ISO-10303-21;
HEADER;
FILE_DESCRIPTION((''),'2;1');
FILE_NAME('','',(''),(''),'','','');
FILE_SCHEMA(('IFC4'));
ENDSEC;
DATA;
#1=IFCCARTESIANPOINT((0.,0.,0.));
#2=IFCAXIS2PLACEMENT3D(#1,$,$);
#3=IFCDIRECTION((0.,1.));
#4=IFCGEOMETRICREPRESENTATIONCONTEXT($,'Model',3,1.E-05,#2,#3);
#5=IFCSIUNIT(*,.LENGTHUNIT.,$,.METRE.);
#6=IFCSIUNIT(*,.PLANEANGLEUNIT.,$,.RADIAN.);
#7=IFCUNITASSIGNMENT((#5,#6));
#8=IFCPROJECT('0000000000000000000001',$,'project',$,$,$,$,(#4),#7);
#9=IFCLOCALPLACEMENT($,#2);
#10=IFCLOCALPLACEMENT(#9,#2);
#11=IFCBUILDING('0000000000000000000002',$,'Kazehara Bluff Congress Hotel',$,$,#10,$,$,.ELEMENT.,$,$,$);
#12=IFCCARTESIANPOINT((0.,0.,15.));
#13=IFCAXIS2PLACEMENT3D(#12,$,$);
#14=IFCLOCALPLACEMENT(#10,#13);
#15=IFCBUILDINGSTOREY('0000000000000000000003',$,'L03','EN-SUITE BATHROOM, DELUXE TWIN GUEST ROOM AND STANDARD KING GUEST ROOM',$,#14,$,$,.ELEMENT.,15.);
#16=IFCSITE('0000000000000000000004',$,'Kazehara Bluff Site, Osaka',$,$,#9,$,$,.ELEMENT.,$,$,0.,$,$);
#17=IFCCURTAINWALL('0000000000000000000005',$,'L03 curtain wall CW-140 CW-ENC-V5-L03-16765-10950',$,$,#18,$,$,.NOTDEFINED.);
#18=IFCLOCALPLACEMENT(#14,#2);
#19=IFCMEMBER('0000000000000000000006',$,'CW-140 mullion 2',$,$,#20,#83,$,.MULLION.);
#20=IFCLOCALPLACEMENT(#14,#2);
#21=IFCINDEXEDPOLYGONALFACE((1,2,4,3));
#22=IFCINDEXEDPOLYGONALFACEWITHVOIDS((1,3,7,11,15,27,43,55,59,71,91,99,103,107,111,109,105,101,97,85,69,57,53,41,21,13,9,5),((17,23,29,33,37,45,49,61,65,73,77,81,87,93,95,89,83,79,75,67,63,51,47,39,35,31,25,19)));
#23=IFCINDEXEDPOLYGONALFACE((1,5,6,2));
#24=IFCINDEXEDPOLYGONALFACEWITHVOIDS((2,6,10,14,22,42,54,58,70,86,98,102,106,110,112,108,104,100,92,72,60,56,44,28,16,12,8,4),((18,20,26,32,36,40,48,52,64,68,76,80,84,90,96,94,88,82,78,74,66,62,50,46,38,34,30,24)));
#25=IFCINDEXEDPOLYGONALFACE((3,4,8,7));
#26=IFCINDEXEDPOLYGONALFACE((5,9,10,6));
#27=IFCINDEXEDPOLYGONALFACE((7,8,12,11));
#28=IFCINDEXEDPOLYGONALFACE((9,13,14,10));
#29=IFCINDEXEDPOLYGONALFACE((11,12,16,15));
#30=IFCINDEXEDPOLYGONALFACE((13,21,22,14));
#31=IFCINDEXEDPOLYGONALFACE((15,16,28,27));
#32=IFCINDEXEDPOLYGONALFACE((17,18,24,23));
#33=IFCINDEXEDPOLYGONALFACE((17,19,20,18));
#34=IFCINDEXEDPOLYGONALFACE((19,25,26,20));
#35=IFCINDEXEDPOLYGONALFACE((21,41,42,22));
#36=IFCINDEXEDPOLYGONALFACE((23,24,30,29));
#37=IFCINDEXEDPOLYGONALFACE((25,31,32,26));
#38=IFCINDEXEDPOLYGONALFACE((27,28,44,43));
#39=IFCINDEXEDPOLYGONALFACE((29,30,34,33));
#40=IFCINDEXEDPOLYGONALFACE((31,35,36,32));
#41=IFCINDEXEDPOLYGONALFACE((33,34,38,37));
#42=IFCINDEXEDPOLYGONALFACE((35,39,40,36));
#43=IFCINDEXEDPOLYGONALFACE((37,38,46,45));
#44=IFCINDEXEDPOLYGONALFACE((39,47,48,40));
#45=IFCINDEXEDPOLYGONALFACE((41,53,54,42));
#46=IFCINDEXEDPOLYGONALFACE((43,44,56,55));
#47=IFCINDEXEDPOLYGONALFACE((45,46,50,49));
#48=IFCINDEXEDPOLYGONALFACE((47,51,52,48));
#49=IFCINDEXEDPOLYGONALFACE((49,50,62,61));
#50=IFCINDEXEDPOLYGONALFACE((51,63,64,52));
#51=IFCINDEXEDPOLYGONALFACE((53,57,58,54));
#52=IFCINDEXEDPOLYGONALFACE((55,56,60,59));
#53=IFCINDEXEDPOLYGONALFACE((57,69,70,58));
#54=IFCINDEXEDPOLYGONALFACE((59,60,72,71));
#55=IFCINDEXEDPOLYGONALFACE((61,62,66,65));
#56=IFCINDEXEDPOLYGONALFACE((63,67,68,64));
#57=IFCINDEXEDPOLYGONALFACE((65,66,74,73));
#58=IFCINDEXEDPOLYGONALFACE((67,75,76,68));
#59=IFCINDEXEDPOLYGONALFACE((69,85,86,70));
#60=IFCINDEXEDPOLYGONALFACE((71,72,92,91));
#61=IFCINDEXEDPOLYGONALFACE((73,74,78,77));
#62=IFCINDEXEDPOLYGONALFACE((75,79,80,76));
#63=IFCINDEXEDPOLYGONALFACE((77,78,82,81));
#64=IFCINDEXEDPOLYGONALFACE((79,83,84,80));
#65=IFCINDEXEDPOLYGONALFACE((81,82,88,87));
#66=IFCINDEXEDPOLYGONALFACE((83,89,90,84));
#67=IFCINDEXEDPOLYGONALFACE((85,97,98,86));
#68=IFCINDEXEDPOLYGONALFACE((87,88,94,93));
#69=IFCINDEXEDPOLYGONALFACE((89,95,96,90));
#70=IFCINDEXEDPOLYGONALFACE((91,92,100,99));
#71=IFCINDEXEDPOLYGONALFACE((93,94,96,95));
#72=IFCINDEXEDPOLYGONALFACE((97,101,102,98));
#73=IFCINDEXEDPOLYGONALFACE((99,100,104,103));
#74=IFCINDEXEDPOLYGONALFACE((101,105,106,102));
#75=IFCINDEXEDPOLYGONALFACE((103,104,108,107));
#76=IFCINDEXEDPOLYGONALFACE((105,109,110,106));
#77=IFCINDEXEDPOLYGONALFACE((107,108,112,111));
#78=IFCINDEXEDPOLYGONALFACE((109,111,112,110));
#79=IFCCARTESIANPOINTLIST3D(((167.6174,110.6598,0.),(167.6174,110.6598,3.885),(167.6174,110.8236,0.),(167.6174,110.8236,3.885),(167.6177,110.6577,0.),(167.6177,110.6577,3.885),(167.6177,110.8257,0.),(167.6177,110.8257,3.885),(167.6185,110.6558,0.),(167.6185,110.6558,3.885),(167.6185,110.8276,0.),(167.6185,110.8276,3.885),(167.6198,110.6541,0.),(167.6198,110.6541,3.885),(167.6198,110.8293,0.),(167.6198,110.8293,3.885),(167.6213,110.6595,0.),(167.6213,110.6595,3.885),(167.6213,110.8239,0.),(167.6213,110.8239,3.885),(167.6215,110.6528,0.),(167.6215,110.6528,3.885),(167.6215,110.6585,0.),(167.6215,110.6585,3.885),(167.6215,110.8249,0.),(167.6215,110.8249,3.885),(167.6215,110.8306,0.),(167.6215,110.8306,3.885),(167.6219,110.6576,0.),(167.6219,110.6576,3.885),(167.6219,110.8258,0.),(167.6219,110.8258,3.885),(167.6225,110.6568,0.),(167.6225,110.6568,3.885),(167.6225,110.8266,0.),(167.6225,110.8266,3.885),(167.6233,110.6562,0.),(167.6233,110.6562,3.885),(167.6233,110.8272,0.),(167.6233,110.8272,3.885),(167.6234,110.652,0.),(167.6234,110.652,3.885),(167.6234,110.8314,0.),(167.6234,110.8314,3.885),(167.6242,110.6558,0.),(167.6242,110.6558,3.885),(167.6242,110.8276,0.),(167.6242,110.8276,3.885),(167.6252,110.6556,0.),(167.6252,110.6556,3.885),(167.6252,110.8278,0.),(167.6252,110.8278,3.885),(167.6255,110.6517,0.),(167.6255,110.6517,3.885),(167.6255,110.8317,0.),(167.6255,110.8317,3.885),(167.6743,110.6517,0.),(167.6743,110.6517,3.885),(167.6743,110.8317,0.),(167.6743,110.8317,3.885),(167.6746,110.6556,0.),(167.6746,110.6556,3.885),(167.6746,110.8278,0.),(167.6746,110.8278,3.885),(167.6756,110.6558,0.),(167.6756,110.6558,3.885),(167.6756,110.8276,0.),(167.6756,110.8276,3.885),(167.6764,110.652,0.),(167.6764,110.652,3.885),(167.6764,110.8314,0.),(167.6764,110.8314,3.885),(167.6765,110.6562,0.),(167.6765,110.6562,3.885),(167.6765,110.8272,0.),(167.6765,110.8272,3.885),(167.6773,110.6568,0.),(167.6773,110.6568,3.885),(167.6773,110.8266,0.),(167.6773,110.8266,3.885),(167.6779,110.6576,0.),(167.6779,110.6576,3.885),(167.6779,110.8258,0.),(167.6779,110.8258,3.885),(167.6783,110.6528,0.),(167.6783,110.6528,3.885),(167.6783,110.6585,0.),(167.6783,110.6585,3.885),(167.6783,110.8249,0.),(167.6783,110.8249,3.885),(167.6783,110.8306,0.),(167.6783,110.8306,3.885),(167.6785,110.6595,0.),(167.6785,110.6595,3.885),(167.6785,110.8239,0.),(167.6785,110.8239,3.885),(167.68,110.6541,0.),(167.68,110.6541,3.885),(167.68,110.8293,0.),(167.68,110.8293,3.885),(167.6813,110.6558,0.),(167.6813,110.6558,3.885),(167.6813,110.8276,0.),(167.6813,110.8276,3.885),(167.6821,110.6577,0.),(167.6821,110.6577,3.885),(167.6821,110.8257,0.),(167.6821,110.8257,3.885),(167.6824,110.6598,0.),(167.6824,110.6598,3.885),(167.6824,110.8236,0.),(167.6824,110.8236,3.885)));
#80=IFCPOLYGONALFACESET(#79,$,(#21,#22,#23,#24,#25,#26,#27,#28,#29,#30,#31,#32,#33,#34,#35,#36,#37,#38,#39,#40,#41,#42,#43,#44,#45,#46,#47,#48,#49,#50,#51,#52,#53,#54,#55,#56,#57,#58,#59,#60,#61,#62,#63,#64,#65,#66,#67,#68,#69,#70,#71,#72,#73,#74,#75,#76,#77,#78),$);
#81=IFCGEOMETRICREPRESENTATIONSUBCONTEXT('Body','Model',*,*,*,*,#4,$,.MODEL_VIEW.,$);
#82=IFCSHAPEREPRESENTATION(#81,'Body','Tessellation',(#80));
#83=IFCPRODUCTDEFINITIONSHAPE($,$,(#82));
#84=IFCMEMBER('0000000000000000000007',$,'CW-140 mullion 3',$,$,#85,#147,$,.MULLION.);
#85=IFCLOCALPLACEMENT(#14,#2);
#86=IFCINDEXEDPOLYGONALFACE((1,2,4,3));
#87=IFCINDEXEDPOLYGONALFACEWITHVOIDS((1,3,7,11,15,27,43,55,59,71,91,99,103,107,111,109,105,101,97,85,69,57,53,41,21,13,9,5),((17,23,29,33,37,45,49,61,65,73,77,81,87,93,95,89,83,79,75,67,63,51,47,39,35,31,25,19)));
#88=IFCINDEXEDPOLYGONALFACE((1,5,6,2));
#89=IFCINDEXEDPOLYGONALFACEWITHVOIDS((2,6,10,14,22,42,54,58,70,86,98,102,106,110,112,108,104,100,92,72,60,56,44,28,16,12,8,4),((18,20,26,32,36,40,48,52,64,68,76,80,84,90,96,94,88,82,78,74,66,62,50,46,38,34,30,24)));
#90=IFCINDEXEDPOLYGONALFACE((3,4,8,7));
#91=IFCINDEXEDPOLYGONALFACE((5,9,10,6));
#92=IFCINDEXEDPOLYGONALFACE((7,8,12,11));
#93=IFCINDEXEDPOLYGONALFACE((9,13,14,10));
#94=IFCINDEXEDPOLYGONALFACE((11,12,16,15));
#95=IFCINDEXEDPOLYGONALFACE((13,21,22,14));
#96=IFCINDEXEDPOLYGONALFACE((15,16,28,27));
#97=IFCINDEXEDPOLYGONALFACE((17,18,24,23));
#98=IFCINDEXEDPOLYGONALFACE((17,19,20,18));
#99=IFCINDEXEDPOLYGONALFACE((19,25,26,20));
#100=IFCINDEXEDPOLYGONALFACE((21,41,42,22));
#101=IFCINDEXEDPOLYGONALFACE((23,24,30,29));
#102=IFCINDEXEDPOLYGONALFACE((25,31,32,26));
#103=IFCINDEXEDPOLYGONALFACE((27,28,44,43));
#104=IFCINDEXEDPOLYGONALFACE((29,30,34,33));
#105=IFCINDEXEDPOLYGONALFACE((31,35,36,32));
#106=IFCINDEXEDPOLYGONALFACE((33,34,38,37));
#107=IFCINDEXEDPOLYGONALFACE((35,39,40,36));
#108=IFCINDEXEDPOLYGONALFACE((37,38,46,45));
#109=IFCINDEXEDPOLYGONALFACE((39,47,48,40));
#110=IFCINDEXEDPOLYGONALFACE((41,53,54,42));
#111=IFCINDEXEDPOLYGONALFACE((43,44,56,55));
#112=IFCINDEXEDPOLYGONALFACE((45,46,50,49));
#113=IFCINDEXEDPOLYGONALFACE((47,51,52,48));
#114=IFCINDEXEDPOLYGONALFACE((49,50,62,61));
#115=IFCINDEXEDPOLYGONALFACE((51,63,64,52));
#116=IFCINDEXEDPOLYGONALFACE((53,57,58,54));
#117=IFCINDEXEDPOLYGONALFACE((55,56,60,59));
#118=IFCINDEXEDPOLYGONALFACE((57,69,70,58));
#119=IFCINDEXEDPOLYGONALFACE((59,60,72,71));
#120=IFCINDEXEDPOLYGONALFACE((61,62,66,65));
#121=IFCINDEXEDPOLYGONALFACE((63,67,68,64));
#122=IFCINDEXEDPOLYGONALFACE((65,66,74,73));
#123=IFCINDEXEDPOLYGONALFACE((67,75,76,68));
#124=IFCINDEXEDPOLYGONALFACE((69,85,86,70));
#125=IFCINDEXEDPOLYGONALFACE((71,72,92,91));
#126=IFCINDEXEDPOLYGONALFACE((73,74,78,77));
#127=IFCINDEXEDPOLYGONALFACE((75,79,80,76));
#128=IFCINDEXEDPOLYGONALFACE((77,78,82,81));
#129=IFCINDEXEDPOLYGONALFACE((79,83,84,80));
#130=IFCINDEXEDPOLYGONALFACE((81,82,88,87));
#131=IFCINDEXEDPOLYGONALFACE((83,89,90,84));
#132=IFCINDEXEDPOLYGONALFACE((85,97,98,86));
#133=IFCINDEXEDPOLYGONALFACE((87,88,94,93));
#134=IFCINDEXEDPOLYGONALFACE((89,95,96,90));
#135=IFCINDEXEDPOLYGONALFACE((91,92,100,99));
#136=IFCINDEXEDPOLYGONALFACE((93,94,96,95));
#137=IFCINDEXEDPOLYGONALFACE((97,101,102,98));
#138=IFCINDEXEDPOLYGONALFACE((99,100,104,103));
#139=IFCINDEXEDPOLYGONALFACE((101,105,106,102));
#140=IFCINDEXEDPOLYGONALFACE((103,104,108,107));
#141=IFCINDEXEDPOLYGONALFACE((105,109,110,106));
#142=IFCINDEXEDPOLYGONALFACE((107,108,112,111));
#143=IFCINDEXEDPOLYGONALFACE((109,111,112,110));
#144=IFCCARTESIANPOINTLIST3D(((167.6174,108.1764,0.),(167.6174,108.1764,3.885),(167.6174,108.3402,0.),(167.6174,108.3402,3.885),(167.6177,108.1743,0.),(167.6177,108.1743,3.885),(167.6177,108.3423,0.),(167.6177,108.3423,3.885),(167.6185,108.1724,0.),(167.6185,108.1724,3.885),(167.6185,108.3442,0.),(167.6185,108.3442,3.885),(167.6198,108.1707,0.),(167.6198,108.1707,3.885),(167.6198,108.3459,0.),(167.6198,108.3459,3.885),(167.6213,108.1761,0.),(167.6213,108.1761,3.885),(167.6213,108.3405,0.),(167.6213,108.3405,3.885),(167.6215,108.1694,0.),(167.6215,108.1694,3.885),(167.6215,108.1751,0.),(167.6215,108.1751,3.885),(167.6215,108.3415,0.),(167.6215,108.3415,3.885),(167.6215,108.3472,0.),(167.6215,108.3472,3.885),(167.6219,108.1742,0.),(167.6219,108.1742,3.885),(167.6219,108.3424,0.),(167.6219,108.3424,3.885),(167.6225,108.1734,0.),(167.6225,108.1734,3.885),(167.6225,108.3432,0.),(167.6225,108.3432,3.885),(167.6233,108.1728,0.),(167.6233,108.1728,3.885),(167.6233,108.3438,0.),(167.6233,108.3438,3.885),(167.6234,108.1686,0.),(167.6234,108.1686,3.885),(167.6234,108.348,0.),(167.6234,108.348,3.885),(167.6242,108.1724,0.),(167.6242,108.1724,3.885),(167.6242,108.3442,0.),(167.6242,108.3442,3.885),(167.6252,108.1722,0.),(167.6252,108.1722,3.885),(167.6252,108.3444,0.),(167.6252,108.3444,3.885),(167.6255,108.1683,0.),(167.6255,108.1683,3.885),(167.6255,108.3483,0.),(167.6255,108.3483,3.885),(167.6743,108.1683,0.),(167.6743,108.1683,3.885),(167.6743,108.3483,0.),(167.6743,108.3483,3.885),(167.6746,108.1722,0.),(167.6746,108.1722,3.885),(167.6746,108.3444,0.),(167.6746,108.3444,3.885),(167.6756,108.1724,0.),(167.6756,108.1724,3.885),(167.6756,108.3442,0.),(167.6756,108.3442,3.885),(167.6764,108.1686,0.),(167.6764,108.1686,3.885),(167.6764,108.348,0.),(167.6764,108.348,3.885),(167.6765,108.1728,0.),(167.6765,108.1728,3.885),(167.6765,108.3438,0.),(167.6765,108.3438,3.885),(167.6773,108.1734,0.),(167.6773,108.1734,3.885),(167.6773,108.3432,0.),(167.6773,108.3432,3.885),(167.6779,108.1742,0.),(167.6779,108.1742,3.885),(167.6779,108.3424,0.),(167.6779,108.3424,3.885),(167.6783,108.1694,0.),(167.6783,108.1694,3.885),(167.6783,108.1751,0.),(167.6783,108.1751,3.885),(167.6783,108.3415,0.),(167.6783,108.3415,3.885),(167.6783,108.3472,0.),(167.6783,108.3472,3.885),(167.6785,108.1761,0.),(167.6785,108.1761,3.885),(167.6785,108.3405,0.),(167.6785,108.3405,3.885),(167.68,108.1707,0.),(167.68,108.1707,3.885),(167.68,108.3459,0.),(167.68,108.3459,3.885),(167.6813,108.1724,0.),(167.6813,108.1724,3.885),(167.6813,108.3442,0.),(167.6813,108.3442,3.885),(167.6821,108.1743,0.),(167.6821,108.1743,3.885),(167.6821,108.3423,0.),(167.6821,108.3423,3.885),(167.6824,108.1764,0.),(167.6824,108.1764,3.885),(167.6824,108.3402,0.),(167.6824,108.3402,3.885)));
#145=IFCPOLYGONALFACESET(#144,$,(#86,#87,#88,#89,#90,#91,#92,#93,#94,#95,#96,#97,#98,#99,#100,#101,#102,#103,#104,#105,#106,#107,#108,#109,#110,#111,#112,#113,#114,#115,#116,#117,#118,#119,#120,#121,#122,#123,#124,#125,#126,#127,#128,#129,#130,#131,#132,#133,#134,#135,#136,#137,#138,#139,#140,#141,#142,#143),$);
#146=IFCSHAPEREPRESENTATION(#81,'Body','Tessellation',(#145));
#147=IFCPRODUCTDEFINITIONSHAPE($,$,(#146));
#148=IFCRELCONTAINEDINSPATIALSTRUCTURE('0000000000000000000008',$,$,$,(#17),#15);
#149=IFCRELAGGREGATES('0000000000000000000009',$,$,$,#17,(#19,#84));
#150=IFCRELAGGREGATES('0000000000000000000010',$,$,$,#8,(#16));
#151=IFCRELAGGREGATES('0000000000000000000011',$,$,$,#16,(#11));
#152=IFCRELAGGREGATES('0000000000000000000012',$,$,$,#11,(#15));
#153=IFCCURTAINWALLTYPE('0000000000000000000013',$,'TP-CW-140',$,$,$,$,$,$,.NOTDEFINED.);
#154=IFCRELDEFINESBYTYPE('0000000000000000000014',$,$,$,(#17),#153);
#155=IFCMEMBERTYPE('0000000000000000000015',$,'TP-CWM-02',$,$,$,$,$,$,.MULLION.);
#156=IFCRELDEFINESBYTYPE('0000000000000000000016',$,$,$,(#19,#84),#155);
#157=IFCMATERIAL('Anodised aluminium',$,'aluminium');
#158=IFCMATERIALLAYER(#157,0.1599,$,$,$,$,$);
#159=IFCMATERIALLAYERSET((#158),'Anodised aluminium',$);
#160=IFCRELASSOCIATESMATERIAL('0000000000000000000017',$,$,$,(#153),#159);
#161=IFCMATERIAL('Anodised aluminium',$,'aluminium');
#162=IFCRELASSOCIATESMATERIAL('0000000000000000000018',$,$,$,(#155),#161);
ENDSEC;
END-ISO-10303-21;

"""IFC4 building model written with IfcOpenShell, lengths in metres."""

from ifc_helpers import new_model, si_unit, direction, frame, origin, origin_2d, place, context, subcontext, project, spatial, hollow_rectangle, extrude, material, layer, layer_set, material_profile, profile_set, type_object, element, aggregate, save


model = new_model("IFC4")

# Units and contexts
model_context = context("Model", 3, precision=1e-05, world=origin(), true_north=direction((0.0, 1.0)))
body_context = subcontext(model_context, "Body", "Model", "MODEL_VIEW")
ifc_project = project(units=[si_unit("LENGTHUNIT", "METRE"), si_unit("PLANEANGLEUNIT", "RADIAN")], contexts=[model_context])

# Site, building, storey
site_placement = place(None, origin())
site = spatial("IfcSite", under=ifc_project, at=site_placement, Name="Kazehara Bluff Site, Osaka", CompositionType="ELEMENT", RefElevation=0.0)
building_placement = place(site_placement, origin())
building = spatial("IfcBuilding", under=site, at=building_placement, Name="Kazehara Bluff Congress Hotel", CompositionType="ELEMENT")
storey_placement = place(building_placement, frame((0.0, 0.0, 15.0)))
storey = spatial("IfcBuildingStorey", under=building, at=storey_placement, Name="L03", Description="EN-SUITE BATHROOM, DELUXE TWIN GUEST ROOM AND STANDARD KING GUEST ROOM", CompositionType="ELEMENT", Elevation=15.0)

# Curtain wall, members
ifc_material_1 = material(Name="Anodised aluminium", Category="aluminium")
ifc_layer_1 = layer(ifc_material_1, 0.1599)
ifc_layer_set_1 = layer_set([ifc_layer_1], Name="Anodised aluminium")
curtain_wall_type_1 = type_object("IfcCurtainWallType", Name="TP-CW-140", PredefinedType="NOTDEFINED", material=ifc_layer_set_1)
curtain_wall_1_placement = place(storey_placement, origin())
curtain_wall_1 = element("IfcCurtainWall", 1, at=curtain_wall_1_placement, inside=storey, type_object=curtain_wall_type_1, Name="L03 curtain wall CW-140 CW-ENC-V5-L03-16765-10950", PredefinedType="NOTDEFINED")
ifc_material_2 = material(Name="Anodised aluminium", Category="aluminium")
ifc_material_profile_1 = material_profile(ifc_material_2, hollow_rectangle(XDim=0.0649, YDim=0.1799, WallThickness=0.0039, InnerFilletRadius=0.0039, OuterFilletRadius=0.0081, at=origin_2d()))
ifc_profile_set_1 = profile_set([ifc_material_profile_1], Name="Anodised aluminium")
member_type_1 = type_object("IfcMemberType", Name="TP-CWM-02", PredefinedType="MULLION", material=ifc_profile_set_1)
member_1_placement = place(storey_placement, frame((167.6499, 110.7417, 0.0), z_axis=(0.0, 0.0, 1.0), x_axis=(1.0, 0.0, 0.0)))
member_1 = element("IfcMember", 2, at=member_1_placement, type_object=member_type_1, Name="CW-140 mullion 2", PredefinedType="MULLION", context=body_context, shape_type="SweptSolid", body=[
    extrude(hollow_rectangle(XDim=0.0649, YDim=0.1799, WallThickness=0.0039, InnerFilletRadius=0.0039, OuterFilletRadius=0.0081, at=origin_2d()), origin(), (0.0, 0.0, 1.0), 3.885),
])
member_2_placement = place(storey_placement, frame((167.6499, 108.2583, 0.0), z_axis=(0.0, 0.0, 1.0), x_axis=(1.0, 0.0, 0.0)))
member_2 = element("IfcMember", 3, at=member_2_placement, type_object=member_type_1, Name="CW-140 mullion 3", PredefinedType="MULLION", context=body_context, shape_type="SweptSolid", body=[
    extrude(hollow_rectangle(XDim=0.0649, YDim=0.1799, WallThickness=0.0039, InnerFilletRadius=0.0039, OuterFilletRadius=0.0081, at=origin_2d()), origin(), (0.0, 0.0, 1.0), 3.885),
])

aggregate(curtain_wall_1, [member_1, member_2])

save(model, "model.ifc")
